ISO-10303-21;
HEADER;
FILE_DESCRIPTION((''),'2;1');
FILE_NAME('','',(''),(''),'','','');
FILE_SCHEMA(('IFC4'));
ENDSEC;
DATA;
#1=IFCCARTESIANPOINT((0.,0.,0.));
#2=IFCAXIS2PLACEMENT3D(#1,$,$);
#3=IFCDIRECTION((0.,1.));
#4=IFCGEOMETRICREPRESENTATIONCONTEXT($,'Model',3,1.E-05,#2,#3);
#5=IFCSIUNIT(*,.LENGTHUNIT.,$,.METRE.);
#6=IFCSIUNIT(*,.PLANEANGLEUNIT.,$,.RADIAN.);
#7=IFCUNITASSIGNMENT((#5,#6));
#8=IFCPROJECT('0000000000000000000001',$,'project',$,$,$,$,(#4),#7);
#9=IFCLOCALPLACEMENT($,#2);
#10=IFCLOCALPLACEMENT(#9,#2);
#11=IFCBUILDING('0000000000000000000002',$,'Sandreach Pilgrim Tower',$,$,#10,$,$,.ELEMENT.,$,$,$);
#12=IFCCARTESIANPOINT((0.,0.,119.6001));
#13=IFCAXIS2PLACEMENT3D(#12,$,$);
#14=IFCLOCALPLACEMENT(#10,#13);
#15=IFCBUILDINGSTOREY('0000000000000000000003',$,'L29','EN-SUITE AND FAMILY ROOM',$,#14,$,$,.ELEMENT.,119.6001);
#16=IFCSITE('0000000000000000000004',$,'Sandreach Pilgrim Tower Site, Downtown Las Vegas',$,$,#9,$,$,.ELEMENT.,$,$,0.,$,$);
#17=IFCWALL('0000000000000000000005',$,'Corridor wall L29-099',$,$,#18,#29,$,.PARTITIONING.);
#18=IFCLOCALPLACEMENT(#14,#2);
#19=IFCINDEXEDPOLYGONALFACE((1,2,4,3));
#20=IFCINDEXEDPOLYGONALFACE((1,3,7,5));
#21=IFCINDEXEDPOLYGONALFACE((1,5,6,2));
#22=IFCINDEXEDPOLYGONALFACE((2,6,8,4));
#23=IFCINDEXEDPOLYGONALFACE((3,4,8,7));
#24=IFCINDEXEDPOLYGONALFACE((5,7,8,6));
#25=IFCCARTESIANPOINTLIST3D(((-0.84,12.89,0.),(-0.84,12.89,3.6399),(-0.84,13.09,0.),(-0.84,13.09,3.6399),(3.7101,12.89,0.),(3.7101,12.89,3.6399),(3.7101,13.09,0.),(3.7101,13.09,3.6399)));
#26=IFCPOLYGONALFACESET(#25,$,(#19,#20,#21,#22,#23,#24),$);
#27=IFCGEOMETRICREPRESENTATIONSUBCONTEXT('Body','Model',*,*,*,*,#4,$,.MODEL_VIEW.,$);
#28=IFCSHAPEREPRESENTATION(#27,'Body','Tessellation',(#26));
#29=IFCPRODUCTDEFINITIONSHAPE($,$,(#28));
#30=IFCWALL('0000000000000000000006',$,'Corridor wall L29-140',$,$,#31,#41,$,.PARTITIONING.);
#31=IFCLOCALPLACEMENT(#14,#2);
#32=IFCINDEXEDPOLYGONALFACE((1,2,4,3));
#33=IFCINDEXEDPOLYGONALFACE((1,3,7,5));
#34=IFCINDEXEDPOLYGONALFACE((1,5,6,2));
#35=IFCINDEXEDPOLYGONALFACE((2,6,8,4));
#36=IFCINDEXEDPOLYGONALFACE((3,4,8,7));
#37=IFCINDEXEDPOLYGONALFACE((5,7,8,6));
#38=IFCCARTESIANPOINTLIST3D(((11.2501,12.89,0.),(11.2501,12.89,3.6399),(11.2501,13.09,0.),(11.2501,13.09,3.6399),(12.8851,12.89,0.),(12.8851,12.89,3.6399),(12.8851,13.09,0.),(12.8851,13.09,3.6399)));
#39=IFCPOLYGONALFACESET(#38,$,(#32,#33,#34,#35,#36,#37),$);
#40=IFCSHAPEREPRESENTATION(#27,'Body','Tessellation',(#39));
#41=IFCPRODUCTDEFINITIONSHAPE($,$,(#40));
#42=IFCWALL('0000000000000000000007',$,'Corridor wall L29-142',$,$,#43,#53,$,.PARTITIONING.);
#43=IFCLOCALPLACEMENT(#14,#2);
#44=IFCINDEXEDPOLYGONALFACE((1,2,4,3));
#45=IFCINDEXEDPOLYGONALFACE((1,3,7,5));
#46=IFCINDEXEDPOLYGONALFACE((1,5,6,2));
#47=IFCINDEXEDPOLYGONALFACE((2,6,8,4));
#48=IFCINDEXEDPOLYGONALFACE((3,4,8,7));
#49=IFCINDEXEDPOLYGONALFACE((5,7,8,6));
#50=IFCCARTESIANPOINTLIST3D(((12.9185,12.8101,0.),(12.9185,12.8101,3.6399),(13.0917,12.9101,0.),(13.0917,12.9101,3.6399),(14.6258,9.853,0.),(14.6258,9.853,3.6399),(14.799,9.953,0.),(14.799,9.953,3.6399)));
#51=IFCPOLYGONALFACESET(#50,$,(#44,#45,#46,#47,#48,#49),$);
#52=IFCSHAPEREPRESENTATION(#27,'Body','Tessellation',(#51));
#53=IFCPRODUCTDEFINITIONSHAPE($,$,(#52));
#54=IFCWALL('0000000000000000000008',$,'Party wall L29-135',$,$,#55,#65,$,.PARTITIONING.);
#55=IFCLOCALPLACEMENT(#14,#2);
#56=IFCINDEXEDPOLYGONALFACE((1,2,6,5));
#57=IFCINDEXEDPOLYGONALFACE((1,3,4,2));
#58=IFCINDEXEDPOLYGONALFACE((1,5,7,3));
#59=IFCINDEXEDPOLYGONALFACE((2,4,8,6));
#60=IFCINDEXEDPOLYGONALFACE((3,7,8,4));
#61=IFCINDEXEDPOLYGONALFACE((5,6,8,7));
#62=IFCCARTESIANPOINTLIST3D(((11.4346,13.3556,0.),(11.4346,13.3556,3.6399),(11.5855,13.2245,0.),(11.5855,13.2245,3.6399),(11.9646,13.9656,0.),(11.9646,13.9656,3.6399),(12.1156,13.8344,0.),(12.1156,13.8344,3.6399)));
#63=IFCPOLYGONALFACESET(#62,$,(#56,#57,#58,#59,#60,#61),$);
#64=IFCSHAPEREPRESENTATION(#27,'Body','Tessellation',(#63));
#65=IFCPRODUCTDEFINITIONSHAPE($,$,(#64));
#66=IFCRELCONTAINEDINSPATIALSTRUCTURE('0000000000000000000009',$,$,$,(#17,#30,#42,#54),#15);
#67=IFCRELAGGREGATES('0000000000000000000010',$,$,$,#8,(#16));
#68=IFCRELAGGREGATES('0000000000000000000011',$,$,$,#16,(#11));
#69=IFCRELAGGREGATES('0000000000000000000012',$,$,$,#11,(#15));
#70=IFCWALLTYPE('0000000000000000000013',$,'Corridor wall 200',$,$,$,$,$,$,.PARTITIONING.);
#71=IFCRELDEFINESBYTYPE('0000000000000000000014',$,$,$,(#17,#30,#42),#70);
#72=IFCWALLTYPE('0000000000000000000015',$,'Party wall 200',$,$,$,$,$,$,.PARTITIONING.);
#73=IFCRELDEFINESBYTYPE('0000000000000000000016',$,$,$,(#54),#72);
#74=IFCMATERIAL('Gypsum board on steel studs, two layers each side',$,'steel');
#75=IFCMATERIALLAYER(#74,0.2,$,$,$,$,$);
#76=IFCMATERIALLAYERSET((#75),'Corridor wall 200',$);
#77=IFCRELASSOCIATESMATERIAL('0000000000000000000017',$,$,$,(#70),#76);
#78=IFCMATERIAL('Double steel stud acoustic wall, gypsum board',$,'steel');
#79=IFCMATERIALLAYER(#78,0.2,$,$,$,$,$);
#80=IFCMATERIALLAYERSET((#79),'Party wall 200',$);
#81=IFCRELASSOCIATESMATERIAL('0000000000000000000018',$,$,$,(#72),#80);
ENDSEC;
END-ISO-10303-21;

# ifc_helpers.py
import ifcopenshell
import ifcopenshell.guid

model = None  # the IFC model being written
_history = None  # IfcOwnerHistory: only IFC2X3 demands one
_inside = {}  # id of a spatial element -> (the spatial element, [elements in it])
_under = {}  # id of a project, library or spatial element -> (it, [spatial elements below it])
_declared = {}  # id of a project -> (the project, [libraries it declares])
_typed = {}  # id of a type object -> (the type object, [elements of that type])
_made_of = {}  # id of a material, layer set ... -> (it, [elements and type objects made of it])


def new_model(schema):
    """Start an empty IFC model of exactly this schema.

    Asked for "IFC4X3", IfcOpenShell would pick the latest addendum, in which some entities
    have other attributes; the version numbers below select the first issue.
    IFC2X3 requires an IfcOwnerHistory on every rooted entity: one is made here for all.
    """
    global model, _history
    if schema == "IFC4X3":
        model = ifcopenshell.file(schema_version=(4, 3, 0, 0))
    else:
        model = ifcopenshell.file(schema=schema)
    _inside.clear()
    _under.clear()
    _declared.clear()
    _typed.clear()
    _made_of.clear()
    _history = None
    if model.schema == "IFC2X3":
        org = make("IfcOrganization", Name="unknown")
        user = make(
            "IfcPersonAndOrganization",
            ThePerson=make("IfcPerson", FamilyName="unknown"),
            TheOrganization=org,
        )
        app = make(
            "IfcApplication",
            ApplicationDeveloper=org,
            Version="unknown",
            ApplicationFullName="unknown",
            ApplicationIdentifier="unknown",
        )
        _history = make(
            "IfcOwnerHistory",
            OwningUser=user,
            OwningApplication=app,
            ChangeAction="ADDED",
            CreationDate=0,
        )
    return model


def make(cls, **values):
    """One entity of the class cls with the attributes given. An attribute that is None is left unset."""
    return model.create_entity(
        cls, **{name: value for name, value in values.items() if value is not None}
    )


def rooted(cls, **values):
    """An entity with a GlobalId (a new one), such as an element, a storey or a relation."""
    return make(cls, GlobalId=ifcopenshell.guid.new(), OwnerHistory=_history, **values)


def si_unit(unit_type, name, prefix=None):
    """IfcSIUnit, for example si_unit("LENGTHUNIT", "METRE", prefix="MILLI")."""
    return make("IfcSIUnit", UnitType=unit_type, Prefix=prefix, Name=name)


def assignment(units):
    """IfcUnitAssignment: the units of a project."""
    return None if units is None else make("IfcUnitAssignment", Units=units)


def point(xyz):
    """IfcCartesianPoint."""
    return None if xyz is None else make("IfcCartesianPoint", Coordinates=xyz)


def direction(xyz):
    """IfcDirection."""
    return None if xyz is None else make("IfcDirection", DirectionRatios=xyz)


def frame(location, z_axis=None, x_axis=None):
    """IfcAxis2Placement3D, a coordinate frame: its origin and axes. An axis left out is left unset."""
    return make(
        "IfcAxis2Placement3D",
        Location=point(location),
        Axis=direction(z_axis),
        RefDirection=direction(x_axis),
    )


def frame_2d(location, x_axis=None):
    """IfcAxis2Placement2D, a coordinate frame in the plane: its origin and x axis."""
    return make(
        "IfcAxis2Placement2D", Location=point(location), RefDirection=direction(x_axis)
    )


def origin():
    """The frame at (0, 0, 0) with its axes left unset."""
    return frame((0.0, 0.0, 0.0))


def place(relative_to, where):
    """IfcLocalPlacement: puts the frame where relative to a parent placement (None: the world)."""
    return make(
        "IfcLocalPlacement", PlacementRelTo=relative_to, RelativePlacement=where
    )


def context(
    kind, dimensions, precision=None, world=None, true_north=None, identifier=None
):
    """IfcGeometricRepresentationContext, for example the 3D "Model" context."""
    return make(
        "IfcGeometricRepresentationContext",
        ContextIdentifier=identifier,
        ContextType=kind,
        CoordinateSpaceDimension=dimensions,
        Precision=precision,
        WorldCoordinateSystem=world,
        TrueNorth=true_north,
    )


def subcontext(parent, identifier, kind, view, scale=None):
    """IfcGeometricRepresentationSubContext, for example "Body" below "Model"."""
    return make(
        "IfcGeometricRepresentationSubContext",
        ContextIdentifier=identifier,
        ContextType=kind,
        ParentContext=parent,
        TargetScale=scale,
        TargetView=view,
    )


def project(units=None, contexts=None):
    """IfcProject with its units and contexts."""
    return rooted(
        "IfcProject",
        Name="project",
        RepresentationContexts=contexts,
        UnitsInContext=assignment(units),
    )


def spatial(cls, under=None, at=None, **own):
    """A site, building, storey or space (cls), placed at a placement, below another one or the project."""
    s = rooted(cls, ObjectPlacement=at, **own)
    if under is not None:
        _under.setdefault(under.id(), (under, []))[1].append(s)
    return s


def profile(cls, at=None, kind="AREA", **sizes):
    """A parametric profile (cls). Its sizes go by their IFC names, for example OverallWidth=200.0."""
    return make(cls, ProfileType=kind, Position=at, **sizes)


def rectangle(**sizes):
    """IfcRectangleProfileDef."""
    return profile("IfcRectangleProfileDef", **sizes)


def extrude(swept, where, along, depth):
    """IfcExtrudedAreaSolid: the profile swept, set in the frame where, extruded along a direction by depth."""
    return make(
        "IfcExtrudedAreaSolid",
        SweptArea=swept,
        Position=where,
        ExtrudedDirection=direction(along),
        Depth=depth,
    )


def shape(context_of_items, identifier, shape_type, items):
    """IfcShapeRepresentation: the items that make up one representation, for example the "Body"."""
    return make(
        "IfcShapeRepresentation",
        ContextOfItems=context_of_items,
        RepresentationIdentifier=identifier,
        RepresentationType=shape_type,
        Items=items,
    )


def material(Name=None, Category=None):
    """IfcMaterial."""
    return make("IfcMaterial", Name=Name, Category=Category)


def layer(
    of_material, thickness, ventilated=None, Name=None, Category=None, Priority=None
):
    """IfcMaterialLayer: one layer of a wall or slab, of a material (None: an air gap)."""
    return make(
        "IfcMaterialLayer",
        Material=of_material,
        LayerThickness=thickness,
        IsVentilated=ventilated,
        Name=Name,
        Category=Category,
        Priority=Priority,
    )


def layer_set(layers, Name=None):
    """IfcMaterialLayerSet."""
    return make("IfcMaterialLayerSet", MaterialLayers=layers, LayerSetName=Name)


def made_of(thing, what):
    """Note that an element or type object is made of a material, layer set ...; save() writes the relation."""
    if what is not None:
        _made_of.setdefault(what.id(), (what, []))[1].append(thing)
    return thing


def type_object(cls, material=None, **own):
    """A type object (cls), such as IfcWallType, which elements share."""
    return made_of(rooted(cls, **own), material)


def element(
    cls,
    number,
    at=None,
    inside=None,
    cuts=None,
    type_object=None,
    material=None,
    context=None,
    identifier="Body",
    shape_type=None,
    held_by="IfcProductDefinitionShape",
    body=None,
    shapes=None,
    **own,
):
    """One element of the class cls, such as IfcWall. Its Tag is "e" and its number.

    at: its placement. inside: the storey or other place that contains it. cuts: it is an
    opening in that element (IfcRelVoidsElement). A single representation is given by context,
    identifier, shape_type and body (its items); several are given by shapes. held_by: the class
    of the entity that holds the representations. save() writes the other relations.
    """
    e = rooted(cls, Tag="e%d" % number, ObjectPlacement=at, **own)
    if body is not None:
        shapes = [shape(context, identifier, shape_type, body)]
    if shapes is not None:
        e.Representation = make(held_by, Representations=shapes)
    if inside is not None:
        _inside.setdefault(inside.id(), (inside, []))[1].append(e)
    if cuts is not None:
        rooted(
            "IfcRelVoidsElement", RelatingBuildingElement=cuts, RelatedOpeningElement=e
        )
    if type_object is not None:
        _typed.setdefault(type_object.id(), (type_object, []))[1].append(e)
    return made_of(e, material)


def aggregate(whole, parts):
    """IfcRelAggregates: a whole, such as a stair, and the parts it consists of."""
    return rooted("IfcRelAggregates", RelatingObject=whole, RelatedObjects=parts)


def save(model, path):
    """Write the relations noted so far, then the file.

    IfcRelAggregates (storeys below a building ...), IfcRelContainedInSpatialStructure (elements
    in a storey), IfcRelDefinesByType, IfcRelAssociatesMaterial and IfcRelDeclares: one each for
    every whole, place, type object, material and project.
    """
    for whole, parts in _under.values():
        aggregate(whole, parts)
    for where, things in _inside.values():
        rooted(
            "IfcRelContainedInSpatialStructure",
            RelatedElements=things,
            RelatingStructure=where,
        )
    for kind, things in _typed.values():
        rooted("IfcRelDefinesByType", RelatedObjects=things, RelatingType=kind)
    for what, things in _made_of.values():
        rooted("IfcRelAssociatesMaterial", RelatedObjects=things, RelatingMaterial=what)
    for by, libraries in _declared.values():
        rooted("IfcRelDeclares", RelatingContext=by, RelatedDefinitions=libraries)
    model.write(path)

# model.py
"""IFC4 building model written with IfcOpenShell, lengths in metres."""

from ifc_helpers import new_model, si_unit, direction, frame, frame_2d, origin, place, context, subcontext, project, spatial, rectangle, extrude, material, layer, layer_set, type_object, element, save


model = new_model("IFC4")

# Units and contexts
model_context = context("Model", 3, precision=1e-05, world=origin(), true_north=direction((0.0, 1.0)))
body_context = subcontext(model_context, "Body", "Model", "MODEL_VIEW")
ifc_project = project(units=[si_unit("LENGTHUNIT", "METRE"), si_unit("PLANEANGLEUNIT", "RADIAN")], contexts=[model_context])

# Site, building, storey
site_placement = place(None, origin())
site = spatial("IfcSite", under=ifc_project, at=site_placement, Name="Sandreach Pilgrim Tower Site, Downtown Las Vegas", CompositionType="ELEMENT", RefElevation=0.0)
building_placement = place(site_placement, origin())
building = spatial("IfcBuilding", under=site, at=building_placement, Name="Sandreach Pilgrim Tower", CompositionType="ELEMENT")
storey_placement = place(building_placement, frame((0.0, 0.0, 119.6001)))
storey = spatial("IfcBuildingStorey", under=building, at=storey_placement, Name="L29", Description="EN-SUITE AND FAMILY ROOM", CompositionType="ELEMENT", Elevation=119.6001)

# Wall
ifc_material_1 = material(Name="Gypsum board on steel studs, two layers each side", Category="steel")
ifc_layer_1 = layer(ifc_material_1, 0.2)
ifc_layer_set_1 = layer_set([ifc_layer_1], Name="Corridor wall 200")
wall_type_1 = type_object("IfcWallType", Name="Corridor wall 200", PredefinedType="PARTITIONING", material=ifc_layer_set_1)
wall_1_placement = place(storey_placement, frame((3.71, 12.99, 0.0), z_axis=(0.0, 0.0, 1.0), x_axis=(-1.0, 0.0, 0.0)))
element("IfcWall", 1, at=wall_1_placement, inside=storey, type_object=wall_type_1, Name="Corridor wall L29-099", PredefinedType="PARTITIONING", context=body_context, shape_type="SweptSolid", body=[
    extrude(rectangle(XDim=4.55, YDim=0.2, at=frame_2d((2.2749, 0.0))), origin(), (0.0, 0.0, 1.0), 3.6399),
])

# Walls
wall_2_placement = place(storey_placement, frame((12.885, 12.99, 0.0), z_axis=(0.0, 0.0, 1.0), x_axis=(-1.0, 0.0, 0.0)))
element("IfcWall", 2, at=wall_2_placement, inside=storey, type_object=wall_type_1, Name="Corridor wall L29-140", PredefinedType="PARTITIONING", context=body_context, shape_type="SweptSolid", body=[
    extrude(rectangle(XDim=1.635, YDim=0.2, at=frame_2d((0.8174, 0.0))), origin(), (0.0, 0.0, 1.0), 3.6399),
])
wall_3_placement = place(storey_placement, frame((13.0051, 12.8601, 0.0), z_axis=(0.0, 0.0, 1.0), x_axis=(0.500007, -0.866021, 0.0)))
element("IfcWall", 3, at=wall_3_placement, inside=storey, type_object=wall_type_1, Name="Corridor wall L29-142", PredefinedType="PARTITIONING", context=body_context, shape_type="SweptSolid", body=[
    extrude(rectangle(XDim=3.4146, YDim=0.2, at=frame_2d((1.7073, 0.0))), origin(), (0.0, 0.0, 1.0), 3.6399),
])
ifc_material_2 = material(Name="Double steel stud acoustic wall, gypsum board", Category="steel")
ifc_layer_2 = layer(ifc_material_2, 0.2)
ifc_layer_set_2 = layer_set([ifc_layer_2], Name="Party wall 200")
wall_type_2 = type_object("IfcWallType", Name="Party wall 200", PredefinedType="PARTITIONING", material=ifc_layer_set_2)
wall_4_placement = place(storey_placement, frame((11.51, 13.29, 0.0), z_axis=(0.0, 0.0, 1.0), x_axis=(0.655977, 0.754781, 0.0)))
element("IfcWall", 4, at=wall_4_placement, inside=storey, type_object=wall_type_2, Name="Party wall L29-135", PredefinedType="PARTITIONING", context=body_context, shape_type="SweptSolid", body=[
    extrude(rectangle(XDim=0.8081, YDim=0.2, at=frame_2d((0.4041, 0.0))), origin(), (0.0, 0.0, 1.0), 3.6399),
])

save(model, "model.ifc")
